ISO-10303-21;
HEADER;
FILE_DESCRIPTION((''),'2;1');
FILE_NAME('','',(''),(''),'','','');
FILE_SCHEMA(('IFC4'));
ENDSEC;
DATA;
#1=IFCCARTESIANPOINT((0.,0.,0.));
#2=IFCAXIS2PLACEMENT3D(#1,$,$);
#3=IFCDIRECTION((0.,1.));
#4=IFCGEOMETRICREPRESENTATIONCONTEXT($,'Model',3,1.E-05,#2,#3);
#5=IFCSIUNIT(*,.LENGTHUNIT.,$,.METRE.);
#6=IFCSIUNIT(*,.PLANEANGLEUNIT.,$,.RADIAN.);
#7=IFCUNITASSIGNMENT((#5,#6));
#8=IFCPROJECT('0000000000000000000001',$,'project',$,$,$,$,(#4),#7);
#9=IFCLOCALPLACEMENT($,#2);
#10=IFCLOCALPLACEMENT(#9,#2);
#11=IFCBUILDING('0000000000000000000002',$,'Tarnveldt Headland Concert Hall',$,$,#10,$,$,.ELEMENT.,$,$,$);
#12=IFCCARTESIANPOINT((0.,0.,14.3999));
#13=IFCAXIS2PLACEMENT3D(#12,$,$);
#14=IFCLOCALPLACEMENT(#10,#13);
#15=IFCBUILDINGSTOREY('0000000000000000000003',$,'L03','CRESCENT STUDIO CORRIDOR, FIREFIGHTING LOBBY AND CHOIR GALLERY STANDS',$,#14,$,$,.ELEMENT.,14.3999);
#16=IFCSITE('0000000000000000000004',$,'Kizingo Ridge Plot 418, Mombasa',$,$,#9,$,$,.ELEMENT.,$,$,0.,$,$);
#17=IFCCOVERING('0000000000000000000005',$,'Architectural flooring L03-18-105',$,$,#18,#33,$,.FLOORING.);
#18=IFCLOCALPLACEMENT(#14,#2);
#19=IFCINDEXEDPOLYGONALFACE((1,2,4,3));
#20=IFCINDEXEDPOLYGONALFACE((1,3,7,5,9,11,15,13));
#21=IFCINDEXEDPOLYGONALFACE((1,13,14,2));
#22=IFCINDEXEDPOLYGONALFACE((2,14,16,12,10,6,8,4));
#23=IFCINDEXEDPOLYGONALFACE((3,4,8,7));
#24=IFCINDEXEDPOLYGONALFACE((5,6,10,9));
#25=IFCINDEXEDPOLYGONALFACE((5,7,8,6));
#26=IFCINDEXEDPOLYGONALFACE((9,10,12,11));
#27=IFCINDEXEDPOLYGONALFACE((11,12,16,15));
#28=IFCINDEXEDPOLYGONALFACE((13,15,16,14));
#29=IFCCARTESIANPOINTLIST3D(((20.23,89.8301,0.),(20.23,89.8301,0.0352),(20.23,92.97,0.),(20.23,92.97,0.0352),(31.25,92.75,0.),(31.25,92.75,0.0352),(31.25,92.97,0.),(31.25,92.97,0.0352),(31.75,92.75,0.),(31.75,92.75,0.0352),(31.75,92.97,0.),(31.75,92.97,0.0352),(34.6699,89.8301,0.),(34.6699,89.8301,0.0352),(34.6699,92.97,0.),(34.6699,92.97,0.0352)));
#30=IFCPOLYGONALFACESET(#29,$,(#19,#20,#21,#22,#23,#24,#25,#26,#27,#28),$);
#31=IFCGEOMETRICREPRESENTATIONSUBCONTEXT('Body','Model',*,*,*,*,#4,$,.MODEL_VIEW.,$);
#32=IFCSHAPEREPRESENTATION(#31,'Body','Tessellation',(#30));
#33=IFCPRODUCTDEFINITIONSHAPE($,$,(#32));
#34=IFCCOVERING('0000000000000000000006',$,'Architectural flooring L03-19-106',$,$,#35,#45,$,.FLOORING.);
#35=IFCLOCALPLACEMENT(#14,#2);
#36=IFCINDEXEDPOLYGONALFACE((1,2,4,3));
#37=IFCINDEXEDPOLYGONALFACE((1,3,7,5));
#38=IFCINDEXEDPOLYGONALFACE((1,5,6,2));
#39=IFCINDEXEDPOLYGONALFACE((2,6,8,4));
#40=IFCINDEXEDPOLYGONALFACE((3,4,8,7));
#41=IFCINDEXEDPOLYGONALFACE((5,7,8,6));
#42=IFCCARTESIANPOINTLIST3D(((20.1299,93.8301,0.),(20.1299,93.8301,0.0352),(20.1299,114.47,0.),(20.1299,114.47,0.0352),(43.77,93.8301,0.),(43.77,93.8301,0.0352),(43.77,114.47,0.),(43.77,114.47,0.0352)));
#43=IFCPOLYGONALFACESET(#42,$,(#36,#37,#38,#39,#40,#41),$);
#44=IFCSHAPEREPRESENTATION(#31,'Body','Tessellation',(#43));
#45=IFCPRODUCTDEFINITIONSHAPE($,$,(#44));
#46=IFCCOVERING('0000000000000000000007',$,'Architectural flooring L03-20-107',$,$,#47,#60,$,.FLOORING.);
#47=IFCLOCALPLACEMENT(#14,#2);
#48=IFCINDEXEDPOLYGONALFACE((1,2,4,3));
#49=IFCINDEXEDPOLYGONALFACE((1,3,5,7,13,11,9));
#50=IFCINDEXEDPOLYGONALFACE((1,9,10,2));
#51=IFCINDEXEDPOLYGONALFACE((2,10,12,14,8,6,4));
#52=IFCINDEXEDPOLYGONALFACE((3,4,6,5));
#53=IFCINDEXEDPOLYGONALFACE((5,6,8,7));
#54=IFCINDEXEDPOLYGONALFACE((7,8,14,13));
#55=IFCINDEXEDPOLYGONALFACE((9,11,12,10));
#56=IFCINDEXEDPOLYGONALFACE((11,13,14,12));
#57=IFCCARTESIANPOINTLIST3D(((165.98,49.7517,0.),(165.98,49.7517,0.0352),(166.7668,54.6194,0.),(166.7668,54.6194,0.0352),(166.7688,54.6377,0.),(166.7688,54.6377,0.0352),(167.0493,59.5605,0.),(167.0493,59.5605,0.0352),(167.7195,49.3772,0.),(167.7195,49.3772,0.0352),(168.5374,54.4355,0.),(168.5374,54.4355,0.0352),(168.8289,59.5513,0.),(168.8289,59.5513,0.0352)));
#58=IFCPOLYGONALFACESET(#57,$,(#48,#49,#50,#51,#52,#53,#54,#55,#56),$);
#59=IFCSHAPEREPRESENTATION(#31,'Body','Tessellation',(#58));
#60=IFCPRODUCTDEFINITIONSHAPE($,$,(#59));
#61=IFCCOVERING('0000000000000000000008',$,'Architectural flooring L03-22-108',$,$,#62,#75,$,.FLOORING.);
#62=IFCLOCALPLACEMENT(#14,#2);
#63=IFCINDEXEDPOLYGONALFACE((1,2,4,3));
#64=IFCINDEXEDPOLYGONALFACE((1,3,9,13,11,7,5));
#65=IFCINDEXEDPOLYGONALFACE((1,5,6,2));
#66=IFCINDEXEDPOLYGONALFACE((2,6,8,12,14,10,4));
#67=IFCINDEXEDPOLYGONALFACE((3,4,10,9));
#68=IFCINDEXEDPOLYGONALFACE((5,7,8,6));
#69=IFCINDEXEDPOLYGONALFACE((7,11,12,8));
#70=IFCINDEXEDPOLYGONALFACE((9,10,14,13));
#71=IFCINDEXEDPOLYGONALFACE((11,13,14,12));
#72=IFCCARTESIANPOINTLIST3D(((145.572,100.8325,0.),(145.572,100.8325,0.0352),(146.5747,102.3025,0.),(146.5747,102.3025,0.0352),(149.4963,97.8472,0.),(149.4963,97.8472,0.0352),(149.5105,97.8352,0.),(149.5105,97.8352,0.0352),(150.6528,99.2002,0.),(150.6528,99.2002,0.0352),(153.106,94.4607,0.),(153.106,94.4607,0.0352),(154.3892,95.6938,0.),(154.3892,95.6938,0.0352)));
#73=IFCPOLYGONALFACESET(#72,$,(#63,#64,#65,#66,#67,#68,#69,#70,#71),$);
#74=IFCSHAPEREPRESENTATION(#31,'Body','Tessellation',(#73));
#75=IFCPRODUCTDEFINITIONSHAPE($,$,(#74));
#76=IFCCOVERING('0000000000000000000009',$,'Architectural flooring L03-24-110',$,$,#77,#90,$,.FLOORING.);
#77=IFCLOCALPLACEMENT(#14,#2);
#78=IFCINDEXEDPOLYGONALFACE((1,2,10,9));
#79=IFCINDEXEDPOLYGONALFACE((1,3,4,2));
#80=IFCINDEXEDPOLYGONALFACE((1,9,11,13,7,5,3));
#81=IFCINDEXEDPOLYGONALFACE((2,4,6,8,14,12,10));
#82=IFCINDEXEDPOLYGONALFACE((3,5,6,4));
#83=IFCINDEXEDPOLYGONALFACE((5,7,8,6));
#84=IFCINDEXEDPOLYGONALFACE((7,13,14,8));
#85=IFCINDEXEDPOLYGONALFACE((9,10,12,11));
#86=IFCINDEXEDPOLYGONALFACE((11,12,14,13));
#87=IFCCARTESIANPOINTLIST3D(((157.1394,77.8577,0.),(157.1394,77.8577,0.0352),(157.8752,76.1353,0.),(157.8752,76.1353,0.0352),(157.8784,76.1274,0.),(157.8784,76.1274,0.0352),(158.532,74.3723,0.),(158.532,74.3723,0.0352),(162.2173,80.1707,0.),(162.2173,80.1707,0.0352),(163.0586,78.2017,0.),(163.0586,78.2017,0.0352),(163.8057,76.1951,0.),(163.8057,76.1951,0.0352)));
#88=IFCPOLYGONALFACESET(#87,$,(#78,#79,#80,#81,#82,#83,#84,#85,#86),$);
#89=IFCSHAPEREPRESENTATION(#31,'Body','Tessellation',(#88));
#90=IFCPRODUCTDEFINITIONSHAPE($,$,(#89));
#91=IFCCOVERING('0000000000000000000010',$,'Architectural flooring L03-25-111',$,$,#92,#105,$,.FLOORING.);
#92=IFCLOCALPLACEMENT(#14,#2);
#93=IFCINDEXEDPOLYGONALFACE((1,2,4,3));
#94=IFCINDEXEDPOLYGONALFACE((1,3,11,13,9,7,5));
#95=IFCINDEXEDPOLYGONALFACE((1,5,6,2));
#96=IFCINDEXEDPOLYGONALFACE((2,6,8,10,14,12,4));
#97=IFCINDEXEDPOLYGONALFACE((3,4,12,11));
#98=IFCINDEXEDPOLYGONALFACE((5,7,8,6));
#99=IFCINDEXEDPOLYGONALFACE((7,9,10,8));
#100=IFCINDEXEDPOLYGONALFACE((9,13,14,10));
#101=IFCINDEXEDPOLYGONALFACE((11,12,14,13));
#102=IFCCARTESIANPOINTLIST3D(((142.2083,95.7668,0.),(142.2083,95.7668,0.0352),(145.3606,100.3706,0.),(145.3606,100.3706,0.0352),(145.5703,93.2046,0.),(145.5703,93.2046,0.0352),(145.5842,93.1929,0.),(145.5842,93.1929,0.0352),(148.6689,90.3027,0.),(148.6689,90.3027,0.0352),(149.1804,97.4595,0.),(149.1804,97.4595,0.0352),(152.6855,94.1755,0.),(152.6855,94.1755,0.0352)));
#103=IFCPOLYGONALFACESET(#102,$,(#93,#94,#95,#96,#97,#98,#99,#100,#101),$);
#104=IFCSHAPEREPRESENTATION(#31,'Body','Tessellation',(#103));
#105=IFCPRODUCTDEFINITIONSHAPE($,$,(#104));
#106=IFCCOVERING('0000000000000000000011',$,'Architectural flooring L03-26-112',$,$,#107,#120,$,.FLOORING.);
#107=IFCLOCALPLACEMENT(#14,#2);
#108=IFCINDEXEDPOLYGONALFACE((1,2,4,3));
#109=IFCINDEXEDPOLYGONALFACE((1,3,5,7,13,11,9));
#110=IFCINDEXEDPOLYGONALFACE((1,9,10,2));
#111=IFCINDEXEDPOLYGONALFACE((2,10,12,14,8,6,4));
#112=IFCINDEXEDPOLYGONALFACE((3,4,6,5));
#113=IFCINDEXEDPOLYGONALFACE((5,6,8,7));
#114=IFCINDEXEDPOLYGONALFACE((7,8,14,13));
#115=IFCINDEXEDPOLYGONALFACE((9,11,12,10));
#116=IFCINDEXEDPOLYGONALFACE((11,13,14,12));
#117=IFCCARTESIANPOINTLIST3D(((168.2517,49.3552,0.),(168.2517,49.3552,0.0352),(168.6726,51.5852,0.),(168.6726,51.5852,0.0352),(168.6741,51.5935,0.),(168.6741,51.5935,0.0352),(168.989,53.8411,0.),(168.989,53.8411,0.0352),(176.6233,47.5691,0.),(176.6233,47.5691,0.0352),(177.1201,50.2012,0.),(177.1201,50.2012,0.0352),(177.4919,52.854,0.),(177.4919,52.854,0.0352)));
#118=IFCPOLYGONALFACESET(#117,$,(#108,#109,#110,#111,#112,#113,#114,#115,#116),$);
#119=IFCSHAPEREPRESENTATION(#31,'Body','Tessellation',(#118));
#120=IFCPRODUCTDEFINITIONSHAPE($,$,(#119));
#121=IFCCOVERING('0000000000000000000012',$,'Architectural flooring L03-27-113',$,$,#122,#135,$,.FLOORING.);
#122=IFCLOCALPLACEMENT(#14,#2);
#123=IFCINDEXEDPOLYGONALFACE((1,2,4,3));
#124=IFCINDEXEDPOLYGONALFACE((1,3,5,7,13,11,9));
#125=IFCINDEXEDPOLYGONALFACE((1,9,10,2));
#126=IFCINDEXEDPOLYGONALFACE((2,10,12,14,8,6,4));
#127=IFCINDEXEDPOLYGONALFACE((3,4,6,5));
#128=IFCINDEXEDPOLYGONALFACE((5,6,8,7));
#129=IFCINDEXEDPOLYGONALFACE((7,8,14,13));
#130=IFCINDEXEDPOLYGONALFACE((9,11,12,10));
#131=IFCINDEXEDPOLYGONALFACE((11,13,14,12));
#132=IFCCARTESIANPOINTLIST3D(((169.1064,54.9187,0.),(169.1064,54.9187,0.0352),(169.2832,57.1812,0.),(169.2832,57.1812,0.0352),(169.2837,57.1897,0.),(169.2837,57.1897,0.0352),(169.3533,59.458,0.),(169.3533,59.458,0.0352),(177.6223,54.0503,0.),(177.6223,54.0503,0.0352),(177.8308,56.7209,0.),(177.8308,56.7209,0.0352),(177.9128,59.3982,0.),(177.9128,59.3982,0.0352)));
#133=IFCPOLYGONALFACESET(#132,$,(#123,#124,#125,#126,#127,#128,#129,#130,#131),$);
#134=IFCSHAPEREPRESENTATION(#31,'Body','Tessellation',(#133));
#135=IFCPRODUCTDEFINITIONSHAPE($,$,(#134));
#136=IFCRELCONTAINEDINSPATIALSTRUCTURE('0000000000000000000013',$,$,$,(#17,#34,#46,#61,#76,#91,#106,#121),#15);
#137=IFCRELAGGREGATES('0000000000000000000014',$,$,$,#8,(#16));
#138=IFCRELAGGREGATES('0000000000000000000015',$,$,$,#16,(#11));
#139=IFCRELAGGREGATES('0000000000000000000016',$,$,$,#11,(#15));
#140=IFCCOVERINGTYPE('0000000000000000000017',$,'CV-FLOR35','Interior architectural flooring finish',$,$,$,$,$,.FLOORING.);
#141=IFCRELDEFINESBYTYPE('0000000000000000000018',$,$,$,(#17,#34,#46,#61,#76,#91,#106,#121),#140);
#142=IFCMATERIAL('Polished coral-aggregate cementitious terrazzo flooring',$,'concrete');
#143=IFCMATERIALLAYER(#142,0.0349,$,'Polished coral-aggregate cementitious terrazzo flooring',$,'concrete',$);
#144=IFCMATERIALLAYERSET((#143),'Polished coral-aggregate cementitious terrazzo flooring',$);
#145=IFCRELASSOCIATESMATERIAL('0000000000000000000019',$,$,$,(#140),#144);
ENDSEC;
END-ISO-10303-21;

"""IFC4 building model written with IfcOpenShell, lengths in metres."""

from ifc_helpers import new_model, si_unit, direction, frame, origin, place, context, subcontext, project, spatial, polyline, outline, extrude, material, layer, layer_set, type_object, element, save


model = new_model("IFC4")

# Units and contexts
model_context = context("Model", 3, precision=1e-05, world=origin(), true_north=direction((0.0, 1.0)))
body_context = subcontext(model_context, "Body", "Model", "MODEL_VIEW")
ifc_project = project(units=[si_unit("LENGTHUNIT", "METRE"), si_unit("PLANEANGLEUNIT", "RADIAN")], contexts=[model_context])

# Site, building, storey
site_placement = place(None, origin())
site = spatial("IfcSite", under=ifc_project, at=site_placement, Name="Kizingo Ridge Plot 418, Mombasa", CompositionType="ELEMENT", RefElevation=0.0)
building_placement = place(site_placement, origin())
building = spatial("IfcBuilding", under=site, at=building_placement, Name="Tarnveldt Headland Concert Hall", CompositionType="ELEMENT")
storey_placement = place(building_placement, frame((0.0, 0.0, 14.3999)))
storey = spatial("IfcBuildingStorey", under=building, at=storey_placement, Name="L03", Description="CRESCENT STUDIO CORRIDOR, FIREFIGHTING LOBBY AND CHOIR GALLERY STANDS", CompositionType="ELEMENT", Elevation=14.3999)

# Coverings
ifc_material_1 = material(Name="Polished coral-aggregate cementitious terrazzo flooring", Category="concrete")
ifc_layer_1 = layer(ifc_material_1, 0.0349, Name="Polished coral-aggregate cementitious terrazzo flooring", Category="concrete")
ifc_layer_set_1 = layer_set([ifc_layer_1], Name="Polished coral-aggregate cementitious terrazzo flooring")
covering_type_1 = type_object("IfcCoveringType", Name="CV-FLOR35", Description="Interior architectural flooring finish", PredefinedType="FLOORING", material=ifc_layer_set_1)
covering_1_placement = place(storey_placement, origin())
element("IfcCovering", 1, at=covering_1_placement, inside=storey, type_object=covering_type_1, Name="Architectural flooring L03-18-105", PredefinedType="FLOORING", context=body_context, shape_type="SweptSolid", body=[
    extrude(outline(polyline([(31.25, 92.97), (31.25, 92.75), (31.75, 92.75), (31.75, 92.97), (34.6699, 92.97), (34.6699, 89.8301), (20.23, 89.8301), (20.23, 92.97), (31.25, 92.97)])), origin(), (0.0, 0.0, 1.0), 0.0352),
])
covering_2_placement = place(storey_placement, origin())
element("IfcCovering", 2, at=covering_2_placement, inside=storey, type_object=covering_type_1, Name="Architectural flooring L03-19-106", PredefinedType="FLOORING", context=body_context, shape_type="SweptSolid", body=[
    extrude(outline(polyline([(43.77, 114.47), (43.77, 93.8301), (20.1299, 93.8301), (20.1299, 114.47), (43.77, 114.47)])), origin(), (0.0, 0.0, 1.0), 0.0352),
])
covering_3_placement = place(storey_placement, origin())
element("IfcCovering", 3, at=covering_3_placement, inside=storey, type_object=covering_type_1, Name="Architectural flooring L03-20-107", PredefinedType="FLOORING", context=body_context, shape_type="SweptSolid", body=[
    extrude(outline(polyline([(165.98, 49.7517), (166.7668, 54.6194), (166.7688, 54.6377), (167.0493, 59.5605), (168.8289, 59.5513), (168.5374, 54.4355), (167.7195, 49.3772), (165.98, 49.7517)])), origin(), (0.0, 0.0, 1.0), 0.0352),
])
covering_4_placement = place(storey_placement, origin())
element("IfcCovering", 4, at=covering_4_placement, inside=storey, type_object=covering_type_1, Name="Architectural flooring L03-22-108", PredefinedType="FLOORING", context=body_context, shape_type="SweptSolid", body=[
    extrude(outline(polyline([(153.106, 94.4607), (149.5105, 97.8352), (149.4963, 97.8472), (145.572, 100.8325), (146.5747, 102.3025), (150.6528, 99.2002), (154.3892, 95.6938), (153.106, 94.4607)])), origin(), (0.0, 0.0, 1.0), 0.0352),
])
covering_5_placement = place(storey_placement, origin())
element("IfcCovering", 5, at=covering_5_placement, inside=storey, type_object=covering_type_1, Name="Architectural flooring L03-24-110", PredefinedType="FLOORING", context=body_context, shape_type="SweptSolid", body=[
    extrude(outline(polyline([(158.532, 74.3723), (157.8784, 76.1274), (157.8752, 76.1353), (157.1394, 77.8577), (162.2173, 80.1707), (163.0586, 78.2017), (163.8057, 76.1951), (158.532, 74.3723)])), origin(), (0.0, 0.0, 1.0), 0.0352),
])
covering_6_placement = place(storey_placement, origin())
element("IfcCovering", 6, at=covering_6_placement, inside=storey, type_object=covering_type_1, Name="Architectural flooring L03-25-111", PredefinedType="FLOORING", context=body_context, shape_type="SweptSolid", body=[
    extrude(outline(polyline([(148.6689, 90.3027), (145.5842, 93.1929), (145.5703, 93.2046), (142.2083, 95.7668), (145.3606, 100.3706), (149.1804, 97.4595), (152.6855, 94.1755), (148.6689, 90.3027)])), origin(), (0.0, 0.0, 1.0), 0.0352),
])
covering_7_placement = place(storey_placement, origin())
element("IfcCovering", 7, at=covering_7_placement, inside=storey, type_object=covering_type_1, Name="Architectural flooring L03-26-112", PredefinedType="FLOORING", context=body_context, shape_type="SweptSolid", body=[
    extrude(outline(polyline([(168.2517, 49.3552), (168.6726, 51.5852), (168.6741, 51.5935), (168.989, 53.8411), (177.4919, 52.854), (177.1201, 50.2012), (176.6233, 47.5691), (168.2517, 49.3552)])), origin(), (0.0, 0.0, 1.0), 0.0352),
])
covering_8_placement = place(storey_placement, origin())
element("IfcCovering", 8, at=covering_8_placement, inside=storey, type_object=covering_type_1, Name="Architectural flooring L03-27-113", PredefinedType="FLOORING", context=body_context, shape_type="SweptSolid", body=[
    extrude(outline(polyline([(169.1064, 54.9187), (169.2832, 57.1812), (169.2837, 57.1897), (169.3533, 59.458), (177.9128, 59.3982), (177.8308, 56.7209), (177.6223, 54.0503), (169.1064, 54.9187)])), origin(), (0.0, 0.0, 1.0), 0.0352),
])

save(model, "model.ifc")
